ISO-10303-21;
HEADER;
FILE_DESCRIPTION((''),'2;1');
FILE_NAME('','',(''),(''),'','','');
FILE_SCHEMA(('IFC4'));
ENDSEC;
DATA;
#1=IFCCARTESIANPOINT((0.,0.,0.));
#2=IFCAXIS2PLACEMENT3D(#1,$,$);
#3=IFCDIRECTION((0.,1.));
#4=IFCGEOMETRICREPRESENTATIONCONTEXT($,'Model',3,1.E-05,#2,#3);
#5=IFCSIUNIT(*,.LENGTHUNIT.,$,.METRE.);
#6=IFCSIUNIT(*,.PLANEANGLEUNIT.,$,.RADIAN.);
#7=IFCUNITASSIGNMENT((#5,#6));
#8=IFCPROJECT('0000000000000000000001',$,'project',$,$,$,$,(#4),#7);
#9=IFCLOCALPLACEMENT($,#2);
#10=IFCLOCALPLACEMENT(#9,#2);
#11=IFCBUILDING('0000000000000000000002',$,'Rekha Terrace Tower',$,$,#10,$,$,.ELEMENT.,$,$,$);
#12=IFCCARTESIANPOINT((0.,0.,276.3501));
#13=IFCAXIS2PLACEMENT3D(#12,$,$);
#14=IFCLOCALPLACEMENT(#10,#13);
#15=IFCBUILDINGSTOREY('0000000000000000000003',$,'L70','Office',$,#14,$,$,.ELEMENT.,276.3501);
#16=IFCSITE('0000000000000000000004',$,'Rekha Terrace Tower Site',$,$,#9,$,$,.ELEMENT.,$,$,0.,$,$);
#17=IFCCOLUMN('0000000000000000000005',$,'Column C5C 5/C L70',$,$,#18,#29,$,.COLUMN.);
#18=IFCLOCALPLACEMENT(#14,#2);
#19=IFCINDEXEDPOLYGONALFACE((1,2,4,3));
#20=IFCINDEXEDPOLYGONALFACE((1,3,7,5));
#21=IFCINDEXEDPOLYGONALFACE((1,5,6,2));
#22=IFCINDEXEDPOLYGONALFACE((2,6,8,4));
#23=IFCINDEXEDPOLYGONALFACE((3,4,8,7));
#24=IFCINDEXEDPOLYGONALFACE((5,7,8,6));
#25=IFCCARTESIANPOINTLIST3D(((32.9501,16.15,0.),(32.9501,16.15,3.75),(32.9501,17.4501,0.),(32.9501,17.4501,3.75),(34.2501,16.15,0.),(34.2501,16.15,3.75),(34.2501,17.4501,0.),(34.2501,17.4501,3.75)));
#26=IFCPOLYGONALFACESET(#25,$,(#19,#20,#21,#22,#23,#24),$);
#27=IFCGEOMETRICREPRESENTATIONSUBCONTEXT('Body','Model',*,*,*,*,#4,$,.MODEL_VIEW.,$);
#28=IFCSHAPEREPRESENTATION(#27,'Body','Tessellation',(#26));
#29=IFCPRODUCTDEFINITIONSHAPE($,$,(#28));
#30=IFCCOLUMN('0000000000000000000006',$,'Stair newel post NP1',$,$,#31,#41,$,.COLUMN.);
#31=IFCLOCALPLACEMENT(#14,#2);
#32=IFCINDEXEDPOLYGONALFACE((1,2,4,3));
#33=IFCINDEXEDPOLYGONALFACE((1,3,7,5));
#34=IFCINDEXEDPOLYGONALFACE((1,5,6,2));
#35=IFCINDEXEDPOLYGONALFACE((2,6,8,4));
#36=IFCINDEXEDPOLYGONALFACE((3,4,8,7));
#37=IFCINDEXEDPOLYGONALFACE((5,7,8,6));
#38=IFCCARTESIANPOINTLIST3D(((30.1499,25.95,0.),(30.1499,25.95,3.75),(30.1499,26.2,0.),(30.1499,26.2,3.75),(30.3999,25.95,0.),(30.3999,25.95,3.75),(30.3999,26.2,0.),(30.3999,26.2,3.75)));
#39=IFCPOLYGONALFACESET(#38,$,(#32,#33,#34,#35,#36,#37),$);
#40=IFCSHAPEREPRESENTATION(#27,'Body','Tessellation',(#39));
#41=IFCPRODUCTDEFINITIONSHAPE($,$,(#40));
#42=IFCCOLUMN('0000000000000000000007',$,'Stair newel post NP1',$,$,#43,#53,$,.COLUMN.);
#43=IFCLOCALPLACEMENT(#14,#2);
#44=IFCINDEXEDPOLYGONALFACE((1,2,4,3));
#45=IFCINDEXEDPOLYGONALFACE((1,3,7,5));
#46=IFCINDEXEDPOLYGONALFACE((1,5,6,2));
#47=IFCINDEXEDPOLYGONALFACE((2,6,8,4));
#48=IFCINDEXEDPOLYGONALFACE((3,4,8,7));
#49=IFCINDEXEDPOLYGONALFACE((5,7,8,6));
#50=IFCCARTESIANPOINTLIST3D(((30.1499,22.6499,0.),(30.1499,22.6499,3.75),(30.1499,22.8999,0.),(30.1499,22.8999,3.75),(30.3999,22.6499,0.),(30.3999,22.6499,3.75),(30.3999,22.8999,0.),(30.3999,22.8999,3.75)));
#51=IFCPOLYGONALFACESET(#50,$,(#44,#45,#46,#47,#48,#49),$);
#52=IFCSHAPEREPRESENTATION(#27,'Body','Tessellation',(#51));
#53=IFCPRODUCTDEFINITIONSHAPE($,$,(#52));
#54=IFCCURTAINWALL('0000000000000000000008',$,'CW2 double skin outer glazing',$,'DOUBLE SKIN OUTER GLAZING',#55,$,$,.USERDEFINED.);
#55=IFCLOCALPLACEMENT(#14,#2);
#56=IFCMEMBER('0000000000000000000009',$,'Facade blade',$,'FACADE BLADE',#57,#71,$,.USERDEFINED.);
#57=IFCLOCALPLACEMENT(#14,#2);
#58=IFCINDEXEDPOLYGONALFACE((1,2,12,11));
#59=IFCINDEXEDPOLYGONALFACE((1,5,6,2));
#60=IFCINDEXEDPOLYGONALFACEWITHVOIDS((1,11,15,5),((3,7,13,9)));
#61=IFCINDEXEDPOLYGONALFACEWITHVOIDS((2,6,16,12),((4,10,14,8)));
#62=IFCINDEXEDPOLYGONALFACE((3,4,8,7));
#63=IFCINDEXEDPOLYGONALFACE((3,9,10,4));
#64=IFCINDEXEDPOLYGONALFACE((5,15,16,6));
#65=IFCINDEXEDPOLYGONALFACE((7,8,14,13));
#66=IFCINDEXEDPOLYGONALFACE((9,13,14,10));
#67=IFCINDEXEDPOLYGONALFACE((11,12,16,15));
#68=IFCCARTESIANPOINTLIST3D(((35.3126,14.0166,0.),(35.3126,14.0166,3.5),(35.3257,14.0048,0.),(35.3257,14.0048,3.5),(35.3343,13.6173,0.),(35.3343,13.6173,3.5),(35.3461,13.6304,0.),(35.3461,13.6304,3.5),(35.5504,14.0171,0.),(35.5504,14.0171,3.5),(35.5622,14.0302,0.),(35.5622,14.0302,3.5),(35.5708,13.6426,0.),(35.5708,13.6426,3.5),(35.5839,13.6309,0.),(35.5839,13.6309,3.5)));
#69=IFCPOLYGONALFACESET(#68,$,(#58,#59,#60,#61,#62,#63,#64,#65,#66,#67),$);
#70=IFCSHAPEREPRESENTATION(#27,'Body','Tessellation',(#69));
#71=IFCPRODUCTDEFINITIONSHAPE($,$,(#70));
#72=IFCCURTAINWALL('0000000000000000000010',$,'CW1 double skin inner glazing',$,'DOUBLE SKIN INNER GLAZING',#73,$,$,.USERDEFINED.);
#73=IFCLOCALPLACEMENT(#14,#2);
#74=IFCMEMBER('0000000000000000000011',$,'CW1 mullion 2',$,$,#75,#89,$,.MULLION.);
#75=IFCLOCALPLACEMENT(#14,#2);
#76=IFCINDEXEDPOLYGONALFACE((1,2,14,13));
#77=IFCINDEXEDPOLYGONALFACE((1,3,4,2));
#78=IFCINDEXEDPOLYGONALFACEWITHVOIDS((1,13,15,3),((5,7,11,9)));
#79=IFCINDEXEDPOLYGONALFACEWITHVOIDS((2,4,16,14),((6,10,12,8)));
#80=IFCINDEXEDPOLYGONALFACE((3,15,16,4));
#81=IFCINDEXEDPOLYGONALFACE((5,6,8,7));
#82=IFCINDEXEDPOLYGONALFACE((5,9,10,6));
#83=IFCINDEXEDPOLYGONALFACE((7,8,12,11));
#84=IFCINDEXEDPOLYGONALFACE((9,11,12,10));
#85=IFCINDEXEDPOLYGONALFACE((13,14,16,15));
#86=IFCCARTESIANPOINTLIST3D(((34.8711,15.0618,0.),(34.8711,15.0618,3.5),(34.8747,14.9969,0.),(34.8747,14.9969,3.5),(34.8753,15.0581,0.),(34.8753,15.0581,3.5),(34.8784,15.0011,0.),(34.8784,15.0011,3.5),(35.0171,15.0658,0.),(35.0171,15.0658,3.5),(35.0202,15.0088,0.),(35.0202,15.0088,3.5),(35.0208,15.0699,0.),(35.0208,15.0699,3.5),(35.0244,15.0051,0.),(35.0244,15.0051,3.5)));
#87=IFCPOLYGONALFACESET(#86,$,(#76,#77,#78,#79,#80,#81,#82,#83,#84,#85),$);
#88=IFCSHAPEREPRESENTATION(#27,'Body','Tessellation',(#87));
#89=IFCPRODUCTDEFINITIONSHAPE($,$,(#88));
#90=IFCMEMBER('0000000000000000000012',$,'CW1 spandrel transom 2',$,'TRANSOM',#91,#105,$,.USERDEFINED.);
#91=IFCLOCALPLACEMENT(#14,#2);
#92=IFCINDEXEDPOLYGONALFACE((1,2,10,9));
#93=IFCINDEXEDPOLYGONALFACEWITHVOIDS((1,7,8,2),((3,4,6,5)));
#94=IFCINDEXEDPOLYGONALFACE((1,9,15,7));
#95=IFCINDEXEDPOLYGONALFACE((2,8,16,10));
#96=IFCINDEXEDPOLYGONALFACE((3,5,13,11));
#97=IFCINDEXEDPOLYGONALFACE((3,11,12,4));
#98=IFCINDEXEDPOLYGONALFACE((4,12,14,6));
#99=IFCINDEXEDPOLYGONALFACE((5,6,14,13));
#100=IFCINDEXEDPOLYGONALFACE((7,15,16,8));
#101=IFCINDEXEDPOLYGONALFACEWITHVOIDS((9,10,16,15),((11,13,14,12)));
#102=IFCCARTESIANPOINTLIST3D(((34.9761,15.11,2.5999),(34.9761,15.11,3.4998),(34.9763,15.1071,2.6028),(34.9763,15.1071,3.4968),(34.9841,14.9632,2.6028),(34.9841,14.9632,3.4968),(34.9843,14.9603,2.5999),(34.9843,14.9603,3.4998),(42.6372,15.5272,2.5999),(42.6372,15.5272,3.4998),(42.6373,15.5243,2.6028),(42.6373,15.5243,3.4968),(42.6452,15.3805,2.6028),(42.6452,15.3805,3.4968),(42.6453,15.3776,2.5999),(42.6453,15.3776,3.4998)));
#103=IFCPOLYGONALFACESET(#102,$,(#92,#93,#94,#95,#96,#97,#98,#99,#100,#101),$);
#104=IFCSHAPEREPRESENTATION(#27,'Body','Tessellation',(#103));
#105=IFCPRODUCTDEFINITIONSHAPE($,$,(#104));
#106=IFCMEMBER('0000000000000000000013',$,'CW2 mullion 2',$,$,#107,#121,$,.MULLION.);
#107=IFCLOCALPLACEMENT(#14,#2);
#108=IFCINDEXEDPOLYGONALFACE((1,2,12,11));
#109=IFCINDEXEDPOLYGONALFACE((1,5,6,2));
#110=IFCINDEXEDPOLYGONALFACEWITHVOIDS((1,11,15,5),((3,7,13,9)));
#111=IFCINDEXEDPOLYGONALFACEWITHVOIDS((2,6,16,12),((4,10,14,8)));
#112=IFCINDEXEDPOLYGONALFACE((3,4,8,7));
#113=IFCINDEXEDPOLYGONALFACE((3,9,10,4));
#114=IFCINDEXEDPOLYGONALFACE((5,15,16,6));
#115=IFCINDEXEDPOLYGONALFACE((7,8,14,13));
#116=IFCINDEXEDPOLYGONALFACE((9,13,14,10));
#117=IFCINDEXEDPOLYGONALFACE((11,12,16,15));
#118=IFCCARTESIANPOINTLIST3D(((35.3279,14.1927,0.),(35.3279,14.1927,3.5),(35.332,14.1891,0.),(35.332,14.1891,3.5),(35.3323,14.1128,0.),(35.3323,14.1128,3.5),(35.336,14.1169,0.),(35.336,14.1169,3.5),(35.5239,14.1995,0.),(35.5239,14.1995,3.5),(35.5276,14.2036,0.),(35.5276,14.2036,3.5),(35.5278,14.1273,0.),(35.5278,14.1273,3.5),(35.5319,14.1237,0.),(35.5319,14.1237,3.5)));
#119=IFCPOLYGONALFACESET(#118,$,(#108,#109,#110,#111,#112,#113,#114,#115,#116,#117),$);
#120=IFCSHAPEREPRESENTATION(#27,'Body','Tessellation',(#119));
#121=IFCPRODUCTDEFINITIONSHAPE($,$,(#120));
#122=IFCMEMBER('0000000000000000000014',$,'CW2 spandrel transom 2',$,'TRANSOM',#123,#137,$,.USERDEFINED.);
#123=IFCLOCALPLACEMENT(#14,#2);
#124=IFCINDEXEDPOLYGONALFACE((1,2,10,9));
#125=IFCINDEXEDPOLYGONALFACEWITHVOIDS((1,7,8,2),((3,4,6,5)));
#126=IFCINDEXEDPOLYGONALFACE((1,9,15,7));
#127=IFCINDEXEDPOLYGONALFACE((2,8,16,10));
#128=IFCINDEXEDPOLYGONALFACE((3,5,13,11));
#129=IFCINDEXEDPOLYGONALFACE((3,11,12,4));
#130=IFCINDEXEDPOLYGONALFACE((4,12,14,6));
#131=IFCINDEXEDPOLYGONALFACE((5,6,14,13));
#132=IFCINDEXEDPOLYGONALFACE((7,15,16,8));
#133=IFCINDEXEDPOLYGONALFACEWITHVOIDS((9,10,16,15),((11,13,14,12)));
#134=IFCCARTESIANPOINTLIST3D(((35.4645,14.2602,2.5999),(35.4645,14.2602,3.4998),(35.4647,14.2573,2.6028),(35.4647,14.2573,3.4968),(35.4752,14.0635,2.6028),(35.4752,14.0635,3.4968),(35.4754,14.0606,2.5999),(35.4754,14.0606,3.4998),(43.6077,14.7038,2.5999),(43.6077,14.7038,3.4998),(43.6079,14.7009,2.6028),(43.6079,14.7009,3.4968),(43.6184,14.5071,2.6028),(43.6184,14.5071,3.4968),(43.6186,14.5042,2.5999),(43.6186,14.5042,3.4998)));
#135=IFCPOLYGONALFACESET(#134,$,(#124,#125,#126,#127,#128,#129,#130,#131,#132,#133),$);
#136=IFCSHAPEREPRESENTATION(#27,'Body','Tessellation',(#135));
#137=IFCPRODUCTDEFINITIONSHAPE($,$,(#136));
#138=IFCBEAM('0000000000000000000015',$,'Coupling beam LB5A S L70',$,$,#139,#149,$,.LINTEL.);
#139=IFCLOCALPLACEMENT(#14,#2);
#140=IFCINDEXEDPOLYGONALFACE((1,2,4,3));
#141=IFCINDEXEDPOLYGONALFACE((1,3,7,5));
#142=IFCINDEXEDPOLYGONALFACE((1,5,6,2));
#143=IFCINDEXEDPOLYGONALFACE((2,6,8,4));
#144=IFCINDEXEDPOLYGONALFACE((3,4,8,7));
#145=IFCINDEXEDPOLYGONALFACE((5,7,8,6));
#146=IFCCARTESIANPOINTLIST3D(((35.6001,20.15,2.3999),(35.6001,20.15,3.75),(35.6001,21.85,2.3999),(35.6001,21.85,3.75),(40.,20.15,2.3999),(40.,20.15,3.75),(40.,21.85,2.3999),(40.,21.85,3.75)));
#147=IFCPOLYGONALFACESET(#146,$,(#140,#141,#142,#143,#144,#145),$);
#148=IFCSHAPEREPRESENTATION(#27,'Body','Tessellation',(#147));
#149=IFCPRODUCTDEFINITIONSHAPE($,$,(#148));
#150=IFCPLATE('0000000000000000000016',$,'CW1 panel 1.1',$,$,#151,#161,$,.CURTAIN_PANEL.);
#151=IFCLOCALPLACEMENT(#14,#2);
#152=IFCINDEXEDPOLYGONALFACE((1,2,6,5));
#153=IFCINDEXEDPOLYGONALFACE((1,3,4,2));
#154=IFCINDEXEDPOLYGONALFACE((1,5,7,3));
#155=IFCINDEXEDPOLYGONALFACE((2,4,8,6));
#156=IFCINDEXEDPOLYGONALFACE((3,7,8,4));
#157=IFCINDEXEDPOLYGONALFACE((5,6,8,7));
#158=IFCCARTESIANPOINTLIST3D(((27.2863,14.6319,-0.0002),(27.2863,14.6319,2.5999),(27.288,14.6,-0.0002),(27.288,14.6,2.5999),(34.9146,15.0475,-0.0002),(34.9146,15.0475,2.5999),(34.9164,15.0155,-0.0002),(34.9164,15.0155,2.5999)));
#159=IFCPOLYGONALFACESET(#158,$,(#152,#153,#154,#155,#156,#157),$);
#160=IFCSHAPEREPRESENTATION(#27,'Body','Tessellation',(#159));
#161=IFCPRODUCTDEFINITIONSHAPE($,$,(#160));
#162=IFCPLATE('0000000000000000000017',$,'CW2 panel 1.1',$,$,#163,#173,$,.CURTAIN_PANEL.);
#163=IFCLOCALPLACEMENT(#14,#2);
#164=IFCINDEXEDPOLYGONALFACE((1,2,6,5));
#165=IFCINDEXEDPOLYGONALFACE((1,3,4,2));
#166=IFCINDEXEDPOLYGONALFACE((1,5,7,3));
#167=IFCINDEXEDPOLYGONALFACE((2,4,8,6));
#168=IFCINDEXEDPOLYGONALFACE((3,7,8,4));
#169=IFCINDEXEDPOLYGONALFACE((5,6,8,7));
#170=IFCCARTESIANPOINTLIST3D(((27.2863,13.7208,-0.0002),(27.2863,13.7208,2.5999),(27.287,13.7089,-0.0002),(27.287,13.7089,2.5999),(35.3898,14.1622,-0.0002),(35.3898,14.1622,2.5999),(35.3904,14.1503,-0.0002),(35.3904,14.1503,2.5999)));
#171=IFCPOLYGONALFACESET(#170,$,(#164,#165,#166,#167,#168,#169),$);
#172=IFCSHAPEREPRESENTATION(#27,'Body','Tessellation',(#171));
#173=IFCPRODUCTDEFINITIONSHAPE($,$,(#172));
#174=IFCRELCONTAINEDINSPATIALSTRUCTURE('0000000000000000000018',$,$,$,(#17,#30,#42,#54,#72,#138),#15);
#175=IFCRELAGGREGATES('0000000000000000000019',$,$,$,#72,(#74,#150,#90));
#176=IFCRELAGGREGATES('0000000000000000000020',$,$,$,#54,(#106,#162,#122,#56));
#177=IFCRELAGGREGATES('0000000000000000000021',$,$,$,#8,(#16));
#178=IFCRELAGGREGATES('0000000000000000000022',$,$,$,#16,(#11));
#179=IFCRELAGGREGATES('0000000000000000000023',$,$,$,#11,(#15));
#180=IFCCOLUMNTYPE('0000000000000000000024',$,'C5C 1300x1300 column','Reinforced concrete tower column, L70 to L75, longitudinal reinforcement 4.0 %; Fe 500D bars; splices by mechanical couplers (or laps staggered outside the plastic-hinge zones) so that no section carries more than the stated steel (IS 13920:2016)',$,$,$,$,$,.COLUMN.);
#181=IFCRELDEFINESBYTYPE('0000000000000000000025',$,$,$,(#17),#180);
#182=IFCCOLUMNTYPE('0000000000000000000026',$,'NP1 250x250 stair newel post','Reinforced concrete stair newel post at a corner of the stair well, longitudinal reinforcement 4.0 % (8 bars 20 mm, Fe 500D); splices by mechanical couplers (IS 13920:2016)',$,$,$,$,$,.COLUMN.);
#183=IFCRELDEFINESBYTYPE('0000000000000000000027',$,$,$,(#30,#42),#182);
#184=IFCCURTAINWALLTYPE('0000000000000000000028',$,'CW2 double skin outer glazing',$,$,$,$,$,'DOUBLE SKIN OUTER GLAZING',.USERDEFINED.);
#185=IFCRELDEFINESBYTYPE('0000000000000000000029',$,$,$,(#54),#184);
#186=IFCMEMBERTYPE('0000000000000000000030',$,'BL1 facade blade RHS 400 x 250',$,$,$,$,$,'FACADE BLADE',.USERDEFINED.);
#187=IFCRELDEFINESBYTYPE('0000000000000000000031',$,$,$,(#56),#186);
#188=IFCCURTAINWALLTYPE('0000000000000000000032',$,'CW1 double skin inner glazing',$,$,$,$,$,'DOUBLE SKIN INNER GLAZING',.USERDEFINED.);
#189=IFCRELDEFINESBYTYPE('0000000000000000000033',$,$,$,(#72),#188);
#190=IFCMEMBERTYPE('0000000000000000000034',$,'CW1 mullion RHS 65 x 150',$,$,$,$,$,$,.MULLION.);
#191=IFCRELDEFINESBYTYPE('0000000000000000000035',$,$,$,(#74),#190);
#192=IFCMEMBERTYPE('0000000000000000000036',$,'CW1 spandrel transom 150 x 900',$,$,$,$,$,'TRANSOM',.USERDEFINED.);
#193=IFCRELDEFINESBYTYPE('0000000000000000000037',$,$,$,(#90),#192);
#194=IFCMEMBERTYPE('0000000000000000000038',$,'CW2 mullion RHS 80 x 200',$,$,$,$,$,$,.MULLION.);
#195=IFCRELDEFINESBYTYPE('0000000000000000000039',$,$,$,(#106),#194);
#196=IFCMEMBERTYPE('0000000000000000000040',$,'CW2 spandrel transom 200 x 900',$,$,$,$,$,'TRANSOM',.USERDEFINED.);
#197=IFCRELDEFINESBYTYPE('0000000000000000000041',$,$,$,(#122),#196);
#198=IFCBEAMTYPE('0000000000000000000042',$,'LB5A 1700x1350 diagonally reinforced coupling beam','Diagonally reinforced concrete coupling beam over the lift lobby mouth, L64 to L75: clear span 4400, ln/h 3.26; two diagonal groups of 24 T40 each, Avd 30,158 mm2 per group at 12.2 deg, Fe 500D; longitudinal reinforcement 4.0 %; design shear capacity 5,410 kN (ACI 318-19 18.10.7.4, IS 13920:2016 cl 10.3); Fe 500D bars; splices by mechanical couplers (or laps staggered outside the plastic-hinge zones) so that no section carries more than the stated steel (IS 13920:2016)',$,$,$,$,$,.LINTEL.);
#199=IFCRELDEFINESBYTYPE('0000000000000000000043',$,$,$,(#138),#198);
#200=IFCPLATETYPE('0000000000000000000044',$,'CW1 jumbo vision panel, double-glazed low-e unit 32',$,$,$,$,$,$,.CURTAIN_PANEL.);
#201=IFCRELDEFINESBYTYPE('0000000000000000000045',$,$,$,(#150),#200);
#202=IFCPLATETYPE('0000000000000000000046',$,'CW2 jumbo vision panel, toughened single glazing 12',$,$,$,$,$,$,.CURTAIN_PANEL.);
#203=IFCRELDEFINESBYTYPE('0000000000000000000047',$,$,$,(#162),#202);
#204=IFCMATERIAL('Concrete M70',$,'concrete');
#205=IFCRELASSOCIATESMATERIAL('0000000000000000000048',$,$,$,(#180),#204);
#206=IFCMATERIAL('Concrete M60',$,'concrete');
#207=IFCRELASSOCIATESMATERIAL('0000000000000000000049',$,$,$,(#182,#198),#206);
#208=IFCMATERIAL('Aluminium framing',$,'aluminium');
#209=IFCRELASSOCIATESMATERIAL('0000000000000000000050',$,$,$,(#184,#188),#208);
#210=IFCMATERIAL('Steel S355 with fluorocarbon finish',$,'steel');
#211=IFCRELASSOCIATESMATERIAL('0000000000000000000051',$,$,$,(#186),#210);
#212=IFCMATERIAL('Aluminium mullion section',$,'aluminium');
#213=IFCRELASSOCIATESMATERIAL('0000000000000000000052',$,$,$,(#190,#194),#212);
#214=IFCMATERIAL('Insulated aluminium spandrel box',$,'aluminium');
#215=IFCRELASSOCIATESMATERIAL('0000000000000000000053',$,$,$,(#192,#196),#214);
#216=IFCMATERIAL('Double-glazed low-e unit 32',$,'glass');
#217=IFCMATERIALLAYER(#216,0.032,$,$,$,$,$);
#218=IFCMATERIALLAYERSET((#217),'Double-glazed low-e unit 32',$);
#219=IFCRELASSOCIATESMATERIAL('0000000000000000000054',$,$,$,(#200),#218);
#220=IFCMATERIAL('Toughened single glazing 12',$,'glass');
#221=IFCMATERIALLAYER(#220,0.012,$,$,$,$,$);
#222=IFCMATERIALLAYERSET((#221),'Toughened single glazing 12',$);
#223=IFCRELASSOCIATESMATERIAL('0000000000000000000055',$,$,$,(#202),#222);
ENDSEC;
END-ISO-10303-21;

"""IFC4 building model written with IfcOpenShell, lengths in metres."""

from ifc_helpers import new_model, si_unit, direction, frame, origin, origin_2d, place, context, subcontext, project, spatial, rectangle, hollow_rectangle, extrude, material, layer, layer_set, material_profile, profile_set, type_object, element, aggregate, save


model = new_model("IFC4")

# Units and contexts
model_context = context("Model", 3, precision=1e-05, world=origin(), true_north=direction((0.0, 1.0)))
body_context = subcontext(model_context, "Body", "Model", "MODEL_VIEW")
ifc_project = project(units=[si_unit("LENGTHUNIT", "METRE"), si_unit("PLANEANGLEUNIT", "RADIAN")], contexts=[model_context])

# Site, building, storey
site_placement = place(None, origin())
site = spatial("IfcSite", under=ifc_project, at=site_placement, Name="Rekha Terrace Tower Site", CompositionType="ELEMENT", RefElevation=0.0)
building_placement = place(site_placement, origin())
building = spatial("IfcBuilding", under=site, at=building_placement, Name="Rekha Terrace Tower", CompositionType="ELEMENT")
storey_placement = place(building_placement, frame((0.0, 0.0, 276.3501)))
storey = spatial("IfcBuildingStorey", under=building, at=storey_placement, Name="L70", Description="Office", CompositionType="ELEMENT", Elevation=276.3501)

# Columns
ifc_material_1 = material(Name="Concrete M70", Category="concrete")
ifc_material_profile_1 = material_profile(ifc_material_1, rectangle(XDim=1.3, YDim=1.3, at=origin_2d()), Name="RC 1300x1300")
ifc_profile_set_1 = profile_set([ifc_material_profile_1], Name="Concrete M70")
column_type_1 = type_object("IfcColumnType", Name="C5C 1300x1300 column", Description="Reinforced concrete tower column, L70 to L75, longitudinal reinforcement 4.0 %; Fe 500D bars; splices by mechanical couplers (or laps staggered outside the plastic-hinge zones) so that no section carries more than the stated steel (IS 13920:2016)", PredefinedType="COLUMN", material=ifc_profile_set_1)
column_placement = place(storey_placement, frame((33.6001, 16.8, 0.0), z_axis=(0.0, 0.0, 1.0), x_axis=(1.0, 0.0, 0.0)))
element("IfcColumn", 1, at=column_placement, inside=storey, type_object=column_type_1, Name="Column C5C 5/C L70", PredefinedType="COLUMN", context=body_context, shape_type="SweptSolid", body=[
    extrude(rectangle(XDim=1.3, YDim=1.3, at=origin_2d()), origin(), (0.0, 0.0, 1.0), 3.75),
])
ifc_material_2 = material(Name="Concrete M60", Category="concrete")
ifc_material_profile_2 = material_profile(ifc_material_2, rectangle(XDim=0.25, YDim=0.25, at=origin_2d()), Name="RC 250x250")
ifc_profile_set_2 = profile_set([ifc_material_profile_2], Name="Concrete M60")
column_type_2 = type_object("IfcColumnType", Name="NP1 250x250 stair newel post", Description="Reinforced concrete stair newel post at a corner of the stair well, longitudinal reinforcement 4.0 % (8 bars 20 mm, Fe 500D); splices by mechanical couplers (IS 13920:2016)", PredefinedType="COLUMN", material=ifc_profile_set_2)
for number, where, z_axis, x_axis, name in (
    (2, (30.2749, 26.075, 0.0), (0.0, 0.0, 1.0), (1.0, 0.0, 0.0), "Stair newel post NP1"),
    (3, (30.2749, 22.7749, 0.0), (0.0, 0.0, 1.0), (1.0, 0.0, 0.0), "Stair newel post NP1"),
):
    element("IfcColumn", number, at=place(storey_placement, frame(where, z_axis=z_axis, x_axis=x_axis)), inside=storey, type_object=column_type_2, Name=name, PredefinedType="COLUMN", context=body_context, shape_type="SweptSolid", body=[
        extrude(rectangle(XDim=0.25, YDim=0.25, at=origin_2d()), origin(), (0.0, 0.0, 1.0), 3.75),
    ])

# Curtain wall, member
ifc_material_3 = material(Name="Aluminium framing", Category="aluminium")
curtain_wall_type_1 = type_object("IfcCurtainWallType", Name="CW2 double skin outer glazing", ElementType="DOUBLE SKIN OUTER GLAZING", PredefinedType="USERDEFINED", material=ifc_material_3)
curtain_wall_1_placement = place(storey_placement, origin())
curtain_wall_1 = element("IfcCurtainWall", 4, at=curtain_wall_1_placement, inside=storey, type_object=curtain_wall_type_1, Name="CW2 double skin outer glazing", ObjectType="DOUBLE SKIN OUTER GLAZING", PredefinedType="USERDEFINED")
ifc_material_4 = material(Name="Steel S355 with fluorocarbon finish", Category="steel")
ifc_material_profile_3 = material_profile(ifc_material_4, hollow_rectangle(XDim=0.25, YDim=0.3999, WallThickness=0.0125, at=origin_2d()), Name="RHS400x250x12.5")
ifc_profile_set_3 = profile_set([ifc_material_profile_3], Name="Steel S355 with fluorocarbon finish")
member_type_1 = type_object("IfcMemberType", Name="BL1 facade blade RHS 400 x 250", ElementType="FACADE BLADE", PredefinedType="USERDEFINED", material=ifc_profile_set_3)
member_1_placement = place(storey_placement, frame((35.4482, 13.8237, 0.0), z_axis=(0.0, 0.0, 1.0), x_axis=(0.99852, 0.054389, 0.0)))
member_1 = element("IfcMember", 5, at=member_1_placement, type_object=member_type_1, Name="Facade blade", ObjectType="FACADE BLADE", PredefinedType="USERDEFINED", context=body_context, shape_type="SweptSolid", body=[
    extrude(hollow_rectangle(XDim=0.25, YDim=0.3999, WallThickness=0.0125, at=origin_2d()), origin(), (0.0, 0.0, 1.0), 3.5),
])

# Curtain wall, members
curtain_wall_type_2 = type_object("IfcCurtainWallType", Name="CW1 double skin inner glazing", ElementType="DOUBLE SKIN INNER GLAZING", PredefinedType="USERDEFINED", material=ifc_material_3)
curtain_wall_2_placement = place(storey_placement, origin())
curtain_wall_2 = element("IfcCurtainWall", 6, at=curtain_wall_2_placement, inside=storey, type_object=curtain_wall_type_2, Name="CW1 double skin inner glazing", ObjectType="DOUBLE SKIN INNER GLAZING", PredefinedType="USERDEFINED")
ifc_material_5 = material(Name="Aluminium mullion section", Category="aluminium")
ifc_material_profile_4 = material_profile(ifc_material_5, hollow_rectangle(XDim=0.0649, YDim=0.1499, WallThickness=0.0039, at=origin_2d()), Name="AL RHS 65x150")
ifc_profile_set_4 = profile_set([ifc_material_profile_4], Name="Aluminium mullion section")
member_type_2 = type_object("IfcMemberType", Name="CW1 mullion RHS 65 x 150", PredefinedType="MULLION", material=ifc_profile_set_4)
member_2_placement = place(storey_placement, frame((34.9478, 15.0334, 0.0), z_axis=(0.0, 0.0, 1.0), x_axis=(-0.054389, 0.99852, 0.0)))
member_2 = element("IfcMember", 7, at=member_2_placement, type_object=member_type_2, Name="CW1 mullion 2", PredefinedType="MULLION", context=body_context, shape_type="SweptSolid", body=[
    extrude(hollow_rectangle(XDim=0.0649, YDim=0.1499, WallThickness=0.0039, at=origin_2d()), origin(), (0.0, 0.0, 1.0), 3.5),
])
ifc_material_6 = material(Name="Insulated aluminium spandrel box", Category="aluminium")
ifc_material_profile_5 = material_profile(ifc_material_6, hollow_rectangle(XDim=0.1499, YDim=0.8999, WallThickness=0.0029, at=origin_2d()), Name="AL SPANDREL BOX 150x900")
ifc_profile_set_5 = profile_set([ifc_material_profile_5], Name="Insulated aluminium spandrel box")
member_type_3 = type_object("IfcMemberType", Name="CW1 spandrel transom 150 x 900", ElementType="TRANSOM", PredefinedType="USERDEFINED", material=ifc_profile_set_5)
member_3_placement = place(storey_placement, frame((34.9802, 15.0352, 3.0498), z_axis=(0.99852, 0.054383, 0.0), x_axis=(-0.054383, 0.99852, 0.0)))
member_3 = element("IfcMember", 8, at=member_3_placement, type_object=member_type_3, Name="CW1 spandrel transom 2", ObjectType="TRANSOM", PredefinedType="USERDEFINED", context=body_context, shape_type="SweptSolid", body=[
    extrude(hollow_rectangle(XDim=0.1499, YDim=0.8999, WallThickness=0.0029, at=origin_2d()), origin(), (0.0, 0.0, 1.0), 7.6724),
])

# Members
ifc_material_profile_6 = material_profile(ifc_material_5, hollow_rectangle(XDim=0.0801, YDim=0.2, WallThickness=0.0039, at=origin_2d()), Name="AL RHS 80x200")
ifc_profile_set_6 = profile_set([ifc_material_profile_6], Name="Aluminium mullion section")
member_type_4 = type_object("IfcMemberType", Name="CW2 mullion RHS 80 x 200", PredefinedType="MULLION", material=ifc_profile_set_6)
member_4_placement = place(storey_placement, frame((35.4299, 14.1582, 0.0), z_axis=(0.0, 0.0, 1.0), x_axis=(-0.054389, 0.99852, 0.0)))
member_4 = element("IfcMember", 9, at=member_4_placement, type_object=member_type_4, Name="CW2 mullion 2", PredefinedType="MULLION", context=body_context, shape_type="SweptSolid", body=[
    extrude(hollow_rectangle(XDim=0.0801, YDim=0.2, WallThickness=0.0039, at=origin_2d()), origin(), (0.0, 0.0, 1.0), 3.5),
])
ifc_material_profile_7 = material_profile(ifc_material_6, hollow_rectangle(XDim=0.2, YDim=0.8999, WallThickness=0.0029, at=origin_2d()), Name="AL SPANDREL BOX 200x900")
ifc_profile_set_7 = profile_set([ifc_material_profile_7], Name="Insulated aluminium spandrel box")
member_type_5 = type_object("IfcMemberType", Name="CW2 spandrel transom 200 x 900", ElementType="TRANSOM", PredefinedType="USERDEFINED", material=ifc_profile_set_7)
member_5_placement = place(storey_placement, frame((35.47, 14.1604, 3.0498), z_axis=(0.99852, 0.054394, 0.0), x_axis=(-0.054394, 0.99852, 0.0)))
member_5 = element("IfcMember", 10, at=member_5_placement, type_object=member_type_5, Name="CW2 spandrel transom 2", ObjectType="TRANSOM", PredefinedType="USERDEFINED", context=body_context, shape_type="SweptSolid", body=[
    extrude(hollow_rectangle(XDim=0.2, YDim=0.8999, WallThickness=0.0029, at=origin_2d()), origin(), (0.0, 0.0, 1.0), 8.1553),
])

# Beam
ifc_material_profile_8 = material_profile(ifc_material_2, rectangle(XDim=1.7, YDim=1.3501, at=origin_2d()), Name="RC 1700x1350")
ifc_profile_set_8 = profile_set([ifc_material_profile_8], Name="Concrete M60")
beam_type = type_object("IfcBeamType", Name="LB5A 1700x1350 diagonally reinforced coupling beam", Description="Diagonally reinforced concrete coupling beam over the lift lobby mouth, L64 to L75: clear span 4400, ln/h 3.26; two diagonal groups of 24 T40 each, Avd 30,158 mm2 per group at 12.2 deg, Fe 500D; longitudinal reinforcement 4.0 %; design shear capacity 5,410 kN (ACI 318-19 18.10.7.4, IS 13920:2016 cl 10.3); Fe 500D bars; splices by mechanical couplers (or laps staggered outside the plastic-hinge zones) so that no section carries more than the stated steel (IS 13920:2016)", PredefinedType="LINTEL", material=ifc_profile_set_8)
beam_placement = place(storey_placement, frame((35.6001, 21.0, 3.075), z_axis=(1.0, 0.0, 0.0), x_axis=(0.0, 1.0, 0.0)))
element("IfcBeam", 11, at=beam_placement, inside=storey, type_object=beam_type, Name="Coupling beam LB5A S L70", PredefinedType="LINTEL", context=body_context, shape_type="SweptSolid", body=[
    extrude(rectangle(XDim=1.7, YDim=1.3501, at=origin_2d()), origin(), (0.0, 0.0, 1.0), 4.3999),
])

# Plates
ifc_material_7 = material(Name="Double-glazed low-e unit 32", Category="glass")
ifc_layer_1 = layer(ifc_material_7, 0.032)
ifc_layer_set_1 = layer_set([ifc_layer_1], Name="Double-glazed low-e unit 32")
plate_type_1 = type_object("IfcPlateType", Name="CW1 jumbo vision panel, double-glazed low-e unit 32", PredefinedType="CURTAIN_PANEL", material=ifc_layer_set_1)
plate_1_placement = place(storey_placement, frame((31.1013, 14.8237, -0.0002), z_axis=(0.0, 0.0, 1.0), x_axis=(0.99852, 0.054389, 0.0)))
plate_1 = element("IfcPlate", 12, at=plate_1_placement, type_object=plate_type_1, Name="CW1 panel 1.1", PredefinedType="CURTAIN_PANEL", context=body_context, shape_type="SweptSolid", body=[
    extrude(rectangle(XDim=7.6396, YDim=0.032, at=origin_2d()), origin(), (0.0, 0.0, 1.0), 2.6001),
])
aggregate(curtain_wall_2, [member_2, plate_1, member_3])
ifc_material_8 = material(Name="Toughened single glazing 12", Category="glass")
ifc_layer_2 = layer(ifc_material_8, 0.012)
ifc_layer_set_2 = layer_set([ifc_layer_2], Name="Toughened single glazing 12")
plate_type_2 = type_object("IfcPlateType", Name="CW2 jumbo vision panel, toughened single glazing 12", PredefinedType="CURTAIN_PANEL", material=ifc_layer_set_2)
plate_2_placement = place(storey_placement, frame((31.3384, 13.9355, -0.0002), z_axis=(0.0, 0.0, 1.0), x_axis=(0.99852, 0.054389, 0.0)))
plate_2 = element("IfcPlate", 13, at=plate_2_placement, type_object=plate_type_2, Name="CW2 panel 1.1", PredefinedType="CURTAIN_PANEL", context=body_context, shape_type="SweptSolid", body=[
    extrude(rectangle(XDim=8.1155, YDim=0.012, at=origin_2d()), origin(), (0.0, 0.0, 1.0), 2.6001),
])
aggregate(curtain_wall_1, [member_4, plate_2, member_5, member_1])

save(model, "model.ifc")
